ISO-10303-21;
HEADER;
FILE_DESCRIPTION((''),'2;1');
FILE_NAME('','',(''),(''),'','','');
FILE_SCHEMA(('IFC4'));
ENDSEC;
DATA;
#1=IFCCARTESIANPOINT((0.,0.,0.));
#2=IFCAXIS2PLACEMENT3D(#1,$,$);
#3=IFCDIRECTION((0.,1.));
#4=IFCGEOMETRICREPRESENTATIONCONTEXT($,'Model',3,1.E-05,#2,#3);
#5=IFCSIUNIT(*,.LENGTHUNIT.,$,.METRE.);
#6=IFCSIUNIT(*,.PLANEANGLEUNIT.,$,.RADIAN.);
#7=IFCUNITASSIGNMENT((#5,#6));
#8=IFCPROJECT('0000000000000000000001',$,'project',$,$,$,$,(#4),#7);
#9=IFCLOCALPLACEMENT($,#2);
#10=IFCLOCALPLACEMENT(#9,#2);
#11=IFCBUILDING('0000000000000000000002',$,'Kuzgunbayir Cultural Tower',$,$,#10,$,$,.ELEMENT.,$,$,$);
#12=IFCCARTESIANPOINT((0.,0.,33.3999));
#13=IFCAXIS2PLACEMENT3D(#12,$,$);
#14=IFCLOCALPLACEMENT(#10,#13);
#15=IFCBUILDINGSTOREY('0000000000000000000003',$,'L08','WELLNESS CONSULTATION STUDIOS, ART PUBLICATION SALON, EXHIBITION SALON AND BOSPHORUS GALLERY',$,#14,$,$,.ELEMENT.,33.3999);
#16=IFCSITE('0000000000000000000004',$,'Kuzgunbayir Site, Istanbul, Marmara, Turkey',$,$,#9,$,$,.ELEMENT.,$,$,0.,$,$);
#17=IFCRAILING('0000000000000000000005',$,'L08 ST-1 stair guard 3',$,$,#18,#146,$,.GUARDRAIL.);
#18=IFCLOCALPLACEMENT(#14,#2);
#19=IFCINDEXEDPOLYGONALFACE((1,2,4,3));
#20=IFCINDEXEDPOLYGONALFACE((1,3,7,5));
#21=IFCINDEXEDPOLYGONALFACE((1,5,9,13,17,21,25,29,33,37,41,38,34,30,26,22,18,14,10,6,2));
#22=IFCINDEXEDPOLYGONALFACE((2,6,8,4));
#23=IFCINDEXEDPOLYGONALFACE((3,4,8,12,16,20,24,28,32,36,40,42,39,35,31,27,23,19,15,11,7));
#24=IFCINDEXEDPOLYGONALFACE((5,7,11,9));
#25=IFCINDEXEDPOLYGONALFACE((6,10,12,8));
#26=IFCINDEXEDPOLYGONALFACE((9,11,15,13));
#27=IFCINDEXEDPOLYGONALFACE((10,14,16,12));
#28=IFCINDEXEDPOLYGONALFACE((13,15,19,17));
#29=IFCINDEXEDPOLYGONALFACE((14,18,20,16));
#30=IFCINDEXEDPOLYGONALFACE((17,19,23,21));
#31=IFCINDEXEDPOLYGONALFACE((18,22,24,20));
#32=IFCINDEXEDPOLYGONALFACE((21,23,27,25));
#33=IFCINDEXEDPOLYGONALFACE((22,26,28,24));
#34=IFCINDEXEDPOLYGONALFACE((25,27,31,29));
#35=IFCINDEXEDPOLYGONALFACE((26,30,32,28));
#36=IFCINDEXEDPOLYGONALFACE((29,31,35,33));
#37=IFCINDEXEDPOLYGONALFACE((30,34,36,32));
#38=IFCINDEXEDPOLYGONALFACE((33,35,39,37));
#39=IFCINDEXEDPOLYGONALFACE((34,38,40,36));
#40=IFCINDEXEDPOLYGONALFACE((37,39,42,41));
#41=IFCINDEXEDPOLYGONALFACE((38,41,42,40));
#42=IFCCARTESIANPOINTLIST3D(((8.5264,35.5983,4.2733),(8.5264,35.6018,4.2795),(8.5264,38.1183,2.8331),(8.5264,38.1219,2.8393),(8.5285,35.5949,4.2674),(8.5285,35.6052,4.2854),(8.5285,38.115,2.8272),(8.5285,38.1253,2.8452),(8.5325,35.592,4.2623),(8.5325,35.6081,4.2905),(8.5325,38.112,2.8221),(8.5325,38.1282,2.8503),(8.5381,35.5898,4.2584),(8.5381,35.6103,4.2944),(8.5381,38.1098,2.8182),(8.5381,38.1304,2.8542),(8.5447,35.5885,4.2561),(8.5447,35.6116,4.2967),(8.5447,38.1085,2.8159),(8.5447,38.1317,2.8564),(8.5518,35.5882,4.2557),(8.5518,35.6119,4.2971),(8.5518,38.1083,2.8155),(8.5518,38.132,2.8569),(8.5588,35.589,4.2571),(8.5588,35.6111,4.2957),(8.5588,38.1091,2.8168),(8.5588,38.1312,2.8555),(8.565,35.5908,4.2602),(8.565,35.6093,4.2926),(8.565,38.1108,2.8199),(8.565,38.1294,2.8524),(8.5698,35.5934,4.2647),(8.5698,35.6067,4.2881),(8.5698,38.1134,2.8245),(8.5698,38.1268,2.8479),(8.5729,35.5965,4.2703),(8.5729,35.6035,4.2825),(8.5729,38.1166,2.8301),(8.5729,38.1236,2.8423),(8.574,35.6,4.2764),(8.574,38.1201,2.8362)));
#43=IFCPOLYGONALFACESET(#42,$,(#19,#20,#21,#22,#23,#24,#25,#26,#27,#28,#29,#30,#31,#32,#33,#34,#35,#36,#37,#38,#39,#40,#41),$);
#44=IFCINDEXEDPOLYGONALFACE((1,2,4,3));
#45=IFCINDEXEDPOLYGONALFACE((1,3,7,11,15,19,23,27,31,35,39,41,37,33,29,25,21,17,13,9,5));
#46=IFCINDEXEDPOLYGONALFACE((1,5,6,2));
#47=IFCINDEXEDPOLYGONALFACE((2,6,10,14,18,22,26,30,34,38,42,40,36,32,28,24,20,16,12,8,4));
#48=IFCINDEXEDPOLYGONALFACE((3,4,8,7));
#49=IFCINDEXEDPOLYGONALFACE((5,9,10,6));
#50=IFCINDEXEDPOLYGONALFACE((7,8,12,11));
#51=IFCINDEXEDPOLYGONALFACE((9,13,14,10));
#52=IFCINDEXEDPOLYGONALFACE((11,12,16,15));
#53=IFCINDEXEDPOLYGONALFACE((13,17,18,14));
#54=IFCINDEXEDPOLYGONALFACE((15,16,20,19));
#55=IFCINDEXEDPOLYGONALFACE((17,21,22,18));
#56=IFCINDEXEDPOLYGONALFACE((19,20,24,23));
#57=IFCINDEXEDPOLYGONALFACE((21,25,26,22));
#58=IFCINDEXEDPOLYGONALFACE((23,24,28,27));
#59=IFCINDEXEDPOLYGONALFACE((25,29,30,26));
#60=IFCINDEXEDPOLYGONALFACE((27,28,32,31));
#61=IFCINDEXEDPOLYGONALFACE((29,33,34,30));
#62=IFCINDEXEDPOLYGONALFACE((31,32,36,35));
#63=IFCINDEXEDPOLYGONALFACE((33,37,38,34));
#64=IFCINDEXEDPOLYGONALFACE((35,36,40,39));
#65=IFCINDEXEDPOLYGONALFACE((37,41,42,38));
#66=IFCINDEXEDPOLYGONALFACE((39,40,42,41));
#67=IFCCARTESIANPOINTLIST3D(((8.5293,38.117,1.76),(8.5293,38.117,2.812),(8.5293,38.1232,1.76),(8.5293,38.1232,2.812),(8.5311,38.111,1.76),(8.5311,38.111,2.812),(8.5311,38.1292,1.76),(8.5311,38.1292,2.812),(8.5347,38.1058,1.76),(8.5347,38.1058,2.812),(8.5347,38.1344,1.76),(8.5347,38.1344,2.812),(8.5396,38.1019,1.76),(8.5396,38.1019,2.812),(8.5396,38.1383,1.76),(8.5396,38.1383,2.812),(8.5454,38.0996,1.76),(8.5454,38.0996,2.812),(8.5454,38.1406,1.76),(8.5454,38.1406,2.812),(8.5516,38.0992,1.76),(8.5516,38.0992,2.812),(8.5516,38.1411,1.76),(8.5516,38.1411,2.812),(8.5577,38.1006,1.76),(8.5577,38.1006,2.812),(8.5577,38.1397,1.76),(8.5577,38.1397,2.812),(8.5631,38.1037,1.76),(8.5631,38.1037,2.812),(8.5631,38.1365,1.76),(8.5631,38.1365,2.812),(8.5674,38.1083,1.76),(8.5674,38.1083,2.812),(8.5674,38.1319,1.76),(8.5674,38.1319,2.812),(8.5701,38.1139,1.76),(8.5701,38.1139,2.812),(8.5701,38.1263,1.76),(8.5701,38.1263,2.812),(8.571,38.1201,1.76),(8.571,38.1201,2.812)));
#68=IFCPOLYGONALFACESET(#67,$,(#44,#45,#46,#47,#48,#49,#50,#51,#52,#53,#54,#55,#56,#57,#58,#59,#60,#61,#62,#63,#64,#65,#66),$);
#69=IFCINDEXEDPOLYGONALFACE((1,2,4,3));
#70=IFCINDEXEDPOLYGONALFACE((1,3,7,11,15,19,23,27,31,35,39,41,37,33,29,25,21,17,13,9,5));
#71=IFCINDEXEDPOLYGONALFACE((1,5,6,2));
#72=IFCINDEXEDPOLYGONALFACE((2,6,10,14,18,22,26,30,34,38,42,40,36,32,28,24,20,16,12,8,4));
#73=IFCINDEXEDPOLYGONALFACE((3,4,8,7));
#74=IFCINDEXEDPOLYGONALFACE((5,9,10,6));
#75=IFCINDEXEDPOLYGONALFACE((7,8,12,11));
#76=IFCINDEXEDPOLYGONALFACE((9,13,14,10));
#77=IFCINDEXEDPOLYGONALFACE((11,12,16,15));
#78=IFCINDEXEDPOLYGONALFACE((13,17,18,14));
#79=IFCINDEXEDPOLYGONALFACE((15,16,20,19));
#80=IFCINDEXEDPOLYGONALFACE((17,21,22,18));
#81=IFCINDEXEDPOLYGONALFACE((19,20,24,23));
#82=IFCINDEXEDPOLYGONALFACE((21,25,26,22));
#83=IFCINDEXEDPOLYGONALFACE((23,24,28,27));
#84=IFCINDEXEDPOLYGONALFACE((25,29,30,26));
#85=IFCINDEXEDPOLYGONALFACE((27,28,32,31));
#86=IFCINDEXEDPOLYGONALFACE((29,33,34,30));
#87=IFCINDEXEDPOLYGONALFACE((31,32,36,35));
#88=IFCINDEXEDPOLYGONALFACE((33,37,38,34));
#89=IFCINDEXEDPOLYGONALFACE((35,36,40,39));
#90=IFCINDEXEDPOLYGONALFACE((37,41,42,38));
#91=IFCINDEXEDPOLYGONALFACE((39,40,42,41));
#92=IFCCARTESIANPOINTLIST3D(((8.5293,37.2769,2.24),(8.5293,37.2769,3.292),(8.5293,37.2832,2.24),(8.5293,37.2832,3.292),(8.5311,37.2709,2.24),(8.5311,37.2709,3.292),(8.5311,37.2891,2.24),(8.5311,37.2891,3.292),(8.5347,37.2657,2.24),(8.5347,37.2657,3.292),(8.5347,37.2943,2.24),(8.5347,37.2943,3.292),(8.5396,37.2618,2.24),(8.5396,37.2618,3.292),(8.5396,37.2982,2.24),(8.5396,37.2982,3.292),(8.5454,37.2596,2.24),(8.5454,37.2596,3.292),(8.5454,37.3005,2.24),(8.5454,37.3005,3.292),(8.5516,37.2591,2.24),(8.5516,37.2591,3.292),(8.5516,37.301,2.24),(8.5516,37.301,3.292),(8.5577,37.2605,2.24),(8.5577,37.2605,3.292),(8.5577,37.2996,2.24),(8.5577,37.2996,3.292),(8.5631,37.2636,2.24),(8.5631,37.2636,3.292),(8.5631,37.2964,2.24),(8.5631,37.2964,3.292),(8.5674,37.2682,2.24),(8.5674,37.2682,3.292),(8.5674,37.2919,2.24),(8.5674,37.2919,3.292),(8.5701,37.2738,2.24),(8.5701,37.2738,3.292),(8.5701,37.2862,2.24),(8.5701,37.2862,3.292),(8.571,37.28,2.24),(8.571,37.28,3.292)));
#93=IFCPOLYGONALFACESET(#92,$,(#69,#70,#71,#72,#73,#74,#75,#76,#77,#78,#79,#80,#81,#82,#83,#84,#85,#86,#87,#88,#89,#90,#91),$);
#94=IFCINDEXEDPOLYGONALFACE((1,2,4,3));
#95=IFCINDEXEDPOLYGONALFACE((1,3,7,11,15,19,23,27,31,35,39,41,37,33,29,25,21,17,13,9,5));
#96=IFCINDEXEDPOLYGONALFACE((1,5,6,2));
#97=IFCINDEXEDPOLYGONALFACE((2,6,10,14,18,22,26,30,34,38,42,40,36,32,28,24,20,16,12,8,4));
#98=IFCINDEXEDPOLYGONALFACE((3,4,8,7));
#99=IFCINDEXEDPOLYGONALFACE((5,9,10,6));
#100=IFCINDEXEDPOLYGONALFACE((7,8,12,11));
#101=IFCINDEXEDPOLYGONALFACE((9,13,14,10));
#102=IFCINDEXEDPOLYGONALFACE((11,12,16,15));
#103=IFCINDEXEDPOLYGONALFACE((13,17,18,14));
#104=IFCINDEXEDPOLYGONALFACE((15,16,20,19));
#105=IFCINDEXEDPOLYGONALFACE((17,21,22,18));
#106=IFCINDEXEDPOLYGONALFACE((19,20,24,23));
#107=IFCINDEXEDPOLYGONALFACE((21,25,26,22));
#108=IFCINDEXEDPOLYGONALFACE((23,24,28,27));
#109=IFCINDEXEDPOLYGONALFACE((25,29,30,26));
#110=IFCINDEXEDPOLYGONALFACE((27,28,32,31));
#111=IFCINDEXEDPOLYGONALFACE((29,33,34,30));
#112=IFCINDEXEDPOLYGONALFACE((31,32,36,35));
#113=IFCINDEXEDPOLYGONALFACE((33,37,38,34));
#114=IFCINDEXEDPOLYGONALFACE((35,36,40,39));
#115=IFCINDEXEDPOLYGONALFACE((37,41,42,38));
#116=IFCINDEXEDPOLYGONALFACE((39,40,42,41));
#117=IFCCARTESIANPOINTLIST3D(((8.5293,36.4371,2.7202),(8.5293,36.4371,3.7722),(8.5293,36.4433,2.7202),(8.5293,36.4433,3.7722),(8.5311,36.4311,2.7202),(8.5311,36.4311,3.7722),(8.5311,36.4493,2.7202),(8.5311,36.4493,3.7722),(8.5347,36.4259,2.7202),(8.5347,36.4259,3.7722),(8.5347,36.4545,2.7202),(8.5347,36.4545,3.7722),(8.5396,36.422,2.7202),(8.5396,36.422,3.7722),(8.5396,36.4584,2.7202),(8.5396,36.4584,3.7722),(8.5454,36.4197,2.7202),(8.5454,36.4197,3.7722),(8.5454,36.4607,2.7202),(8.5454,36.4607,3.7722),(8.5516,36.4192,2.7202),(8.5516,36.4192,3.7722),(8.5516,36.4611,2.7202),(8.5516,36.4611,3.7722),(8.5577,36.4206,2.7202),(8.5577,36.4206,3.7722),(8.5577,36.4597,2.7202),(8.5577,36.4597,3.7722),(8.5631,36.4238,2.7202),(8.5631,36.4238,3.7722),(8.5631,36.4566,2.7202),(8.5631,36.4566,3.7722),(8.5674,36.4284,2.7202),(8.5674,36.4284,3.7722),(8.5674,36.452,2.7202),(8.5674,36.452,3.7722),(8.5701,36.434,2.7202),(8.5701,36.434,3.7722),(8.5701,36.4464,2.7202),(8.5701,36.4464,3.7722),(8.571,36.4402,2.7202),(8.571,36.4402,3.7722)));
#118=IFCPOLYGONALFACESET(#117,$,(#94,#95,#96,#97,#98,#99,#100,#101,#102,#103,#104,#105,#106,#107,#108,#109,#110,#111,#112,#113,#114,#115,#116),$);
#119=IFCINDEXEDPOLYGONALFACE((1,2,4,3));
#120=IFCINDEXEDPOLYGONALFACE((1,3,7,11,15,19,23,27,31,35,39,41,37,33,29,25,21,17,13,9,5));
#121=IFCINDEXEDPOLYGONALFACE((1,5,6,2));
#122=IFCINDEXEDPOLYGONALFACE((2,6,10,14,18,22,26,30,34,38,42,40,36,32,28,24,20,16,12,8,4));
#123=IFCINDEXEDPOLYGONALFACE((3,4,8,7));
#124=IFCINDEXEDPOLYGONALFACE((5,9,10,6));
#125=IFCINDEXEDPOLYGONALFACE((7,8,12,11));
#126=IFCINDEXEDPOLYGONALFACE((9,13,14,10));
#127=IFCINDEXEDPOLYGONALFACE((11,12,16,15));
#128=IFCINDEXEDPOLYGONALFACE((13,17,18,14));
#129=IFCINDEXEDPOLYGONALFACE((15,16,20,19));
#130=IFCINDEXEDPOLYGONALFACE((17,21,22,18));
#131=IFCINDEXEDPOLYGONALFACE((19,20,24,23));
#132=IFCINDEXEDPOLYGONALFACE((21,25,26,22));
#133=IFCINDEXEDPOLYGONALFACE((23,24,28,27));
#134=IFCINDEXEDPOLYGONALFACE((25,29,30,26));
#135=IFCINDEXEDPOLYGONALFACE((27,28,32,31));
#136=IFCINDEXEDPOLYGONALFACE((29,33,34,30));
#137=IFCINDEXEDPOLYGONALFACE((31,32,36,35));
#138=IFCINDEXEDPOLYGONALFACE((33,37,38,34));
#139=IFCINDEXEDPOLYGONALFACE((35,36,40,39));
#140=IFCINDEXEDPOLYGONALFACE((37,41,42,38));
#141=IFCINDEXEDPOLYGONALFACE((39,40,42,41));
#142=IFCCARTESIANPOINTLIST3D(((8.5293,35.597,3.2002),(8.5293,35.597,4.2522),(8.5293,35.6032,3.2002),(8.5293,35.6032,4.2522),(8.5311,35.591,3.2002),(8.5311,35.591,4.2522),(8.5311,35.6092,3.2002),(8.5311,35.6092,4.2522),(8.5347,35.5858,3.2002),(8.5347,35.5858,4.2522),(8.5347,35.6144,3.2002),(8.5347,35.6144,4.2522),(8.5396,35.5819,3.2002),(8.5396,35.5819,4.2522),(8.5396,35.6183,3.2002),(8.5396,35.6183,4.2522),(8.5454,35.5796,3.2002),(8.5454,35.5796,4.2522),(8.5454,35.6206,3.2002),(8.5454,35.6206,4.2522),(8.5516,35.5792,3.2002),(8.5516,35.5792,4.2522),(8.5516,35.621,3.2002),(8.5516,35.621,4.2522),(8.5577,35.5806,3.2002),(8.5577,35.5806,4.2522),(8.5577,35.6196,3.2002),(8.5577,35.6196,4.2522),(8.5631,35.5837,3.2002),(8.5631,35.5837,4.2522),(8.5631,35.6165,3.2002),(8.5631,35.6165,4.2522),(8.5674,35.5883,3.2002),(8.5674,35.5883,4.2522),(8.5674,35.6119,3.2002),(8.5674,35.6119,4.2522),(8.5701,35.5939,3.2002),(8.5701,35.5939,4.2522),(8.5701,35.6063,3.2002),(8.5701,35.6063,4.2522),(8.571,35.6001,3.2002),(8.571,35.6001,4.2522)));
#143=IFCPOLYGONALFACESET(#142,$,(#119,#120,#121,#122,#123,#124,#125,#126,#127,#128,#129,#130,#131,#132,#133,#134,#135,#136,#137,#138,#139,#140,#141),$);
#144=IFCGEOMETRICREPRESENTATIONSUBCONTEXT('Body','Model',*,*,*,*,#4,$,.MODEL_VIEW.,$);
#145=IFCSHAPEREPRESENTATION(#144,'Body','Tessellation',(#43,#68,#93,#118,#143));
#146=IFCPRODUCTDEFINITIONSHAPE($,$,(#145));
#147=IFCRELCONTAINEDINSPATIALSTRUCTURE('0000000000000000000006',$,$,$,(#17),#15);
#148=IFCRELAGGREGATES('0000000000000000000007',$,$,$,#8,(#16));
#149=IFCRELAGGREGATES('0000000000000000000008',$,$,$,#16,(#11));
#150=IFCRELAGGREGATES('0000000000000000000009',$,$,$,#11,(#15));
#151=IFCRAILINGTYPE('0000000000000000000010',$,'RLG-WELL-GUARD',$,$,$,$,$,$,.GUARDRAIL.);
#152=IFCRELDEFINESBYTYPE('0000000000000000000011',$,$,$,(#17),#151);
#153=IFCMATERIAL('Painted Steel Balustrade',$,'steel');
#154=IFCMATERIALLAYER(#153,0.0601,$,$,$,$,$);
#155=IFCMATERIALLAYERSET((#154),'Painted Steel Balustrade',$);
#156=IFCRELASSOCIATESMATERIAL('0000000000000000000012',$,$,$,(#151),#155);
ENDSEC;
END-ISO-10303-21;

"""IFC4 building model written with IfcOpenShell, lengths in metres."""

from ifc_helpers import new_model, si_unit, direction, frame, origin, origin_2d, place, context, subcontext, project, spatial, circle, extrude, material, layer, layer_set, type_object, element, save


model = new_model("IFC4")

# Units and contexts
model_context = context("Model", 3, precision=1e-05, world=origin(), true_north=direction((0.0, 1.0)))
body_context = subcontext(model_context, "Body", "Model", "MODEL_VIEW")
ifc_project = project(units=[si_unit("LENGTHUNIT", "METRE"), si_unit("PLANEANGLEUNIT", "RADIAN")], contexts=[model_context])

# Site, building, storey
site_placement = place(None, origin())
site = spatial("IfcSite", under=ifc_project, at=site_placement, Name="Kuzgunbayir Site, Istanbul, Marmara, Turkey", CompositionType="ELEMENT", RefElevation=0.0)
building_placement = place(site_placement, origin())
building = spatial("IfcBuilding", under=site, at=building_placement, Name="Kuzgunbayir Cultural Tower", CompositionType="ELEMENT")
storey_placement = place(building_placement, frame((0.0, 0.0, 33.3999)))
storey = spatial("IfcBuildingStorey", under=building, at=storey_placement, Name="L08", Description="WELLNESS CONSULTATION STUDIOS, ART PUBLICATION SALON, EXHIBITION SALON AND BOSPHORUS GALLERY", CompositionType="ELEMENT", Elevation=33.3999)

# Railing
ifc_material_1 = material(Name="Painted Steel Balustrade", Category="steel")
ifc_layer_1 = layer(ifc_material_1, 0.0601)
ifc_layer_set_1 = layer_set([ifc_layer_1], Name="Painted Steel Balustrade")
railing_type_1 = type_object("IfcRailingType", Name="RLG-WELL-GUARD", PredefinedType="GUARDRAIL", material=ifc_layer_set_1)
railing_1_placement = place(storey_placement, frame((8.55, 38.1201, 1.76)))
element("IfcRailing", 1, at=railing_1_placement, inside=storey, type_object=railing_type_1, Name="L08 ST-1 stair guard 3", PredefinedType="GUARDRAIL", context=body_context, shape_type="SweptSolid", body=[
    extrude(circle(Radius=0.0239, at=origin_2d()), frame((0.0, 0.0, 1.0762), z_axis=(0.0, -0.868217, 0.496184), x_axis=(1.0, 0.0, 0.0)), (0.0, 0.0, 1.0), 2.9026),
    extrude(circle(Radius=0.021, at=origin_2d()), origin(), (0.0, 0.0, 1.0), 1.052),
    extrude(circle(Radius=0.021, at=origin_2d()), frame((0.0, -0.8401, 0.48)), (0.0, 0.0, 1.0), 1.052),
    extrude(circle(Radius=0.021, at=origin_2d()), frame((0.0, -1.6799, 0.9602)), (0.0, 0.0, 1.0), 1.052),
    extrude(circle(Radius=0.021, at=origin_2d()), frame((0.0, -2.52, 1.4402)), (0.0, 0.0, 1.0), 1.052),
])

save(model, "model.ifc")
